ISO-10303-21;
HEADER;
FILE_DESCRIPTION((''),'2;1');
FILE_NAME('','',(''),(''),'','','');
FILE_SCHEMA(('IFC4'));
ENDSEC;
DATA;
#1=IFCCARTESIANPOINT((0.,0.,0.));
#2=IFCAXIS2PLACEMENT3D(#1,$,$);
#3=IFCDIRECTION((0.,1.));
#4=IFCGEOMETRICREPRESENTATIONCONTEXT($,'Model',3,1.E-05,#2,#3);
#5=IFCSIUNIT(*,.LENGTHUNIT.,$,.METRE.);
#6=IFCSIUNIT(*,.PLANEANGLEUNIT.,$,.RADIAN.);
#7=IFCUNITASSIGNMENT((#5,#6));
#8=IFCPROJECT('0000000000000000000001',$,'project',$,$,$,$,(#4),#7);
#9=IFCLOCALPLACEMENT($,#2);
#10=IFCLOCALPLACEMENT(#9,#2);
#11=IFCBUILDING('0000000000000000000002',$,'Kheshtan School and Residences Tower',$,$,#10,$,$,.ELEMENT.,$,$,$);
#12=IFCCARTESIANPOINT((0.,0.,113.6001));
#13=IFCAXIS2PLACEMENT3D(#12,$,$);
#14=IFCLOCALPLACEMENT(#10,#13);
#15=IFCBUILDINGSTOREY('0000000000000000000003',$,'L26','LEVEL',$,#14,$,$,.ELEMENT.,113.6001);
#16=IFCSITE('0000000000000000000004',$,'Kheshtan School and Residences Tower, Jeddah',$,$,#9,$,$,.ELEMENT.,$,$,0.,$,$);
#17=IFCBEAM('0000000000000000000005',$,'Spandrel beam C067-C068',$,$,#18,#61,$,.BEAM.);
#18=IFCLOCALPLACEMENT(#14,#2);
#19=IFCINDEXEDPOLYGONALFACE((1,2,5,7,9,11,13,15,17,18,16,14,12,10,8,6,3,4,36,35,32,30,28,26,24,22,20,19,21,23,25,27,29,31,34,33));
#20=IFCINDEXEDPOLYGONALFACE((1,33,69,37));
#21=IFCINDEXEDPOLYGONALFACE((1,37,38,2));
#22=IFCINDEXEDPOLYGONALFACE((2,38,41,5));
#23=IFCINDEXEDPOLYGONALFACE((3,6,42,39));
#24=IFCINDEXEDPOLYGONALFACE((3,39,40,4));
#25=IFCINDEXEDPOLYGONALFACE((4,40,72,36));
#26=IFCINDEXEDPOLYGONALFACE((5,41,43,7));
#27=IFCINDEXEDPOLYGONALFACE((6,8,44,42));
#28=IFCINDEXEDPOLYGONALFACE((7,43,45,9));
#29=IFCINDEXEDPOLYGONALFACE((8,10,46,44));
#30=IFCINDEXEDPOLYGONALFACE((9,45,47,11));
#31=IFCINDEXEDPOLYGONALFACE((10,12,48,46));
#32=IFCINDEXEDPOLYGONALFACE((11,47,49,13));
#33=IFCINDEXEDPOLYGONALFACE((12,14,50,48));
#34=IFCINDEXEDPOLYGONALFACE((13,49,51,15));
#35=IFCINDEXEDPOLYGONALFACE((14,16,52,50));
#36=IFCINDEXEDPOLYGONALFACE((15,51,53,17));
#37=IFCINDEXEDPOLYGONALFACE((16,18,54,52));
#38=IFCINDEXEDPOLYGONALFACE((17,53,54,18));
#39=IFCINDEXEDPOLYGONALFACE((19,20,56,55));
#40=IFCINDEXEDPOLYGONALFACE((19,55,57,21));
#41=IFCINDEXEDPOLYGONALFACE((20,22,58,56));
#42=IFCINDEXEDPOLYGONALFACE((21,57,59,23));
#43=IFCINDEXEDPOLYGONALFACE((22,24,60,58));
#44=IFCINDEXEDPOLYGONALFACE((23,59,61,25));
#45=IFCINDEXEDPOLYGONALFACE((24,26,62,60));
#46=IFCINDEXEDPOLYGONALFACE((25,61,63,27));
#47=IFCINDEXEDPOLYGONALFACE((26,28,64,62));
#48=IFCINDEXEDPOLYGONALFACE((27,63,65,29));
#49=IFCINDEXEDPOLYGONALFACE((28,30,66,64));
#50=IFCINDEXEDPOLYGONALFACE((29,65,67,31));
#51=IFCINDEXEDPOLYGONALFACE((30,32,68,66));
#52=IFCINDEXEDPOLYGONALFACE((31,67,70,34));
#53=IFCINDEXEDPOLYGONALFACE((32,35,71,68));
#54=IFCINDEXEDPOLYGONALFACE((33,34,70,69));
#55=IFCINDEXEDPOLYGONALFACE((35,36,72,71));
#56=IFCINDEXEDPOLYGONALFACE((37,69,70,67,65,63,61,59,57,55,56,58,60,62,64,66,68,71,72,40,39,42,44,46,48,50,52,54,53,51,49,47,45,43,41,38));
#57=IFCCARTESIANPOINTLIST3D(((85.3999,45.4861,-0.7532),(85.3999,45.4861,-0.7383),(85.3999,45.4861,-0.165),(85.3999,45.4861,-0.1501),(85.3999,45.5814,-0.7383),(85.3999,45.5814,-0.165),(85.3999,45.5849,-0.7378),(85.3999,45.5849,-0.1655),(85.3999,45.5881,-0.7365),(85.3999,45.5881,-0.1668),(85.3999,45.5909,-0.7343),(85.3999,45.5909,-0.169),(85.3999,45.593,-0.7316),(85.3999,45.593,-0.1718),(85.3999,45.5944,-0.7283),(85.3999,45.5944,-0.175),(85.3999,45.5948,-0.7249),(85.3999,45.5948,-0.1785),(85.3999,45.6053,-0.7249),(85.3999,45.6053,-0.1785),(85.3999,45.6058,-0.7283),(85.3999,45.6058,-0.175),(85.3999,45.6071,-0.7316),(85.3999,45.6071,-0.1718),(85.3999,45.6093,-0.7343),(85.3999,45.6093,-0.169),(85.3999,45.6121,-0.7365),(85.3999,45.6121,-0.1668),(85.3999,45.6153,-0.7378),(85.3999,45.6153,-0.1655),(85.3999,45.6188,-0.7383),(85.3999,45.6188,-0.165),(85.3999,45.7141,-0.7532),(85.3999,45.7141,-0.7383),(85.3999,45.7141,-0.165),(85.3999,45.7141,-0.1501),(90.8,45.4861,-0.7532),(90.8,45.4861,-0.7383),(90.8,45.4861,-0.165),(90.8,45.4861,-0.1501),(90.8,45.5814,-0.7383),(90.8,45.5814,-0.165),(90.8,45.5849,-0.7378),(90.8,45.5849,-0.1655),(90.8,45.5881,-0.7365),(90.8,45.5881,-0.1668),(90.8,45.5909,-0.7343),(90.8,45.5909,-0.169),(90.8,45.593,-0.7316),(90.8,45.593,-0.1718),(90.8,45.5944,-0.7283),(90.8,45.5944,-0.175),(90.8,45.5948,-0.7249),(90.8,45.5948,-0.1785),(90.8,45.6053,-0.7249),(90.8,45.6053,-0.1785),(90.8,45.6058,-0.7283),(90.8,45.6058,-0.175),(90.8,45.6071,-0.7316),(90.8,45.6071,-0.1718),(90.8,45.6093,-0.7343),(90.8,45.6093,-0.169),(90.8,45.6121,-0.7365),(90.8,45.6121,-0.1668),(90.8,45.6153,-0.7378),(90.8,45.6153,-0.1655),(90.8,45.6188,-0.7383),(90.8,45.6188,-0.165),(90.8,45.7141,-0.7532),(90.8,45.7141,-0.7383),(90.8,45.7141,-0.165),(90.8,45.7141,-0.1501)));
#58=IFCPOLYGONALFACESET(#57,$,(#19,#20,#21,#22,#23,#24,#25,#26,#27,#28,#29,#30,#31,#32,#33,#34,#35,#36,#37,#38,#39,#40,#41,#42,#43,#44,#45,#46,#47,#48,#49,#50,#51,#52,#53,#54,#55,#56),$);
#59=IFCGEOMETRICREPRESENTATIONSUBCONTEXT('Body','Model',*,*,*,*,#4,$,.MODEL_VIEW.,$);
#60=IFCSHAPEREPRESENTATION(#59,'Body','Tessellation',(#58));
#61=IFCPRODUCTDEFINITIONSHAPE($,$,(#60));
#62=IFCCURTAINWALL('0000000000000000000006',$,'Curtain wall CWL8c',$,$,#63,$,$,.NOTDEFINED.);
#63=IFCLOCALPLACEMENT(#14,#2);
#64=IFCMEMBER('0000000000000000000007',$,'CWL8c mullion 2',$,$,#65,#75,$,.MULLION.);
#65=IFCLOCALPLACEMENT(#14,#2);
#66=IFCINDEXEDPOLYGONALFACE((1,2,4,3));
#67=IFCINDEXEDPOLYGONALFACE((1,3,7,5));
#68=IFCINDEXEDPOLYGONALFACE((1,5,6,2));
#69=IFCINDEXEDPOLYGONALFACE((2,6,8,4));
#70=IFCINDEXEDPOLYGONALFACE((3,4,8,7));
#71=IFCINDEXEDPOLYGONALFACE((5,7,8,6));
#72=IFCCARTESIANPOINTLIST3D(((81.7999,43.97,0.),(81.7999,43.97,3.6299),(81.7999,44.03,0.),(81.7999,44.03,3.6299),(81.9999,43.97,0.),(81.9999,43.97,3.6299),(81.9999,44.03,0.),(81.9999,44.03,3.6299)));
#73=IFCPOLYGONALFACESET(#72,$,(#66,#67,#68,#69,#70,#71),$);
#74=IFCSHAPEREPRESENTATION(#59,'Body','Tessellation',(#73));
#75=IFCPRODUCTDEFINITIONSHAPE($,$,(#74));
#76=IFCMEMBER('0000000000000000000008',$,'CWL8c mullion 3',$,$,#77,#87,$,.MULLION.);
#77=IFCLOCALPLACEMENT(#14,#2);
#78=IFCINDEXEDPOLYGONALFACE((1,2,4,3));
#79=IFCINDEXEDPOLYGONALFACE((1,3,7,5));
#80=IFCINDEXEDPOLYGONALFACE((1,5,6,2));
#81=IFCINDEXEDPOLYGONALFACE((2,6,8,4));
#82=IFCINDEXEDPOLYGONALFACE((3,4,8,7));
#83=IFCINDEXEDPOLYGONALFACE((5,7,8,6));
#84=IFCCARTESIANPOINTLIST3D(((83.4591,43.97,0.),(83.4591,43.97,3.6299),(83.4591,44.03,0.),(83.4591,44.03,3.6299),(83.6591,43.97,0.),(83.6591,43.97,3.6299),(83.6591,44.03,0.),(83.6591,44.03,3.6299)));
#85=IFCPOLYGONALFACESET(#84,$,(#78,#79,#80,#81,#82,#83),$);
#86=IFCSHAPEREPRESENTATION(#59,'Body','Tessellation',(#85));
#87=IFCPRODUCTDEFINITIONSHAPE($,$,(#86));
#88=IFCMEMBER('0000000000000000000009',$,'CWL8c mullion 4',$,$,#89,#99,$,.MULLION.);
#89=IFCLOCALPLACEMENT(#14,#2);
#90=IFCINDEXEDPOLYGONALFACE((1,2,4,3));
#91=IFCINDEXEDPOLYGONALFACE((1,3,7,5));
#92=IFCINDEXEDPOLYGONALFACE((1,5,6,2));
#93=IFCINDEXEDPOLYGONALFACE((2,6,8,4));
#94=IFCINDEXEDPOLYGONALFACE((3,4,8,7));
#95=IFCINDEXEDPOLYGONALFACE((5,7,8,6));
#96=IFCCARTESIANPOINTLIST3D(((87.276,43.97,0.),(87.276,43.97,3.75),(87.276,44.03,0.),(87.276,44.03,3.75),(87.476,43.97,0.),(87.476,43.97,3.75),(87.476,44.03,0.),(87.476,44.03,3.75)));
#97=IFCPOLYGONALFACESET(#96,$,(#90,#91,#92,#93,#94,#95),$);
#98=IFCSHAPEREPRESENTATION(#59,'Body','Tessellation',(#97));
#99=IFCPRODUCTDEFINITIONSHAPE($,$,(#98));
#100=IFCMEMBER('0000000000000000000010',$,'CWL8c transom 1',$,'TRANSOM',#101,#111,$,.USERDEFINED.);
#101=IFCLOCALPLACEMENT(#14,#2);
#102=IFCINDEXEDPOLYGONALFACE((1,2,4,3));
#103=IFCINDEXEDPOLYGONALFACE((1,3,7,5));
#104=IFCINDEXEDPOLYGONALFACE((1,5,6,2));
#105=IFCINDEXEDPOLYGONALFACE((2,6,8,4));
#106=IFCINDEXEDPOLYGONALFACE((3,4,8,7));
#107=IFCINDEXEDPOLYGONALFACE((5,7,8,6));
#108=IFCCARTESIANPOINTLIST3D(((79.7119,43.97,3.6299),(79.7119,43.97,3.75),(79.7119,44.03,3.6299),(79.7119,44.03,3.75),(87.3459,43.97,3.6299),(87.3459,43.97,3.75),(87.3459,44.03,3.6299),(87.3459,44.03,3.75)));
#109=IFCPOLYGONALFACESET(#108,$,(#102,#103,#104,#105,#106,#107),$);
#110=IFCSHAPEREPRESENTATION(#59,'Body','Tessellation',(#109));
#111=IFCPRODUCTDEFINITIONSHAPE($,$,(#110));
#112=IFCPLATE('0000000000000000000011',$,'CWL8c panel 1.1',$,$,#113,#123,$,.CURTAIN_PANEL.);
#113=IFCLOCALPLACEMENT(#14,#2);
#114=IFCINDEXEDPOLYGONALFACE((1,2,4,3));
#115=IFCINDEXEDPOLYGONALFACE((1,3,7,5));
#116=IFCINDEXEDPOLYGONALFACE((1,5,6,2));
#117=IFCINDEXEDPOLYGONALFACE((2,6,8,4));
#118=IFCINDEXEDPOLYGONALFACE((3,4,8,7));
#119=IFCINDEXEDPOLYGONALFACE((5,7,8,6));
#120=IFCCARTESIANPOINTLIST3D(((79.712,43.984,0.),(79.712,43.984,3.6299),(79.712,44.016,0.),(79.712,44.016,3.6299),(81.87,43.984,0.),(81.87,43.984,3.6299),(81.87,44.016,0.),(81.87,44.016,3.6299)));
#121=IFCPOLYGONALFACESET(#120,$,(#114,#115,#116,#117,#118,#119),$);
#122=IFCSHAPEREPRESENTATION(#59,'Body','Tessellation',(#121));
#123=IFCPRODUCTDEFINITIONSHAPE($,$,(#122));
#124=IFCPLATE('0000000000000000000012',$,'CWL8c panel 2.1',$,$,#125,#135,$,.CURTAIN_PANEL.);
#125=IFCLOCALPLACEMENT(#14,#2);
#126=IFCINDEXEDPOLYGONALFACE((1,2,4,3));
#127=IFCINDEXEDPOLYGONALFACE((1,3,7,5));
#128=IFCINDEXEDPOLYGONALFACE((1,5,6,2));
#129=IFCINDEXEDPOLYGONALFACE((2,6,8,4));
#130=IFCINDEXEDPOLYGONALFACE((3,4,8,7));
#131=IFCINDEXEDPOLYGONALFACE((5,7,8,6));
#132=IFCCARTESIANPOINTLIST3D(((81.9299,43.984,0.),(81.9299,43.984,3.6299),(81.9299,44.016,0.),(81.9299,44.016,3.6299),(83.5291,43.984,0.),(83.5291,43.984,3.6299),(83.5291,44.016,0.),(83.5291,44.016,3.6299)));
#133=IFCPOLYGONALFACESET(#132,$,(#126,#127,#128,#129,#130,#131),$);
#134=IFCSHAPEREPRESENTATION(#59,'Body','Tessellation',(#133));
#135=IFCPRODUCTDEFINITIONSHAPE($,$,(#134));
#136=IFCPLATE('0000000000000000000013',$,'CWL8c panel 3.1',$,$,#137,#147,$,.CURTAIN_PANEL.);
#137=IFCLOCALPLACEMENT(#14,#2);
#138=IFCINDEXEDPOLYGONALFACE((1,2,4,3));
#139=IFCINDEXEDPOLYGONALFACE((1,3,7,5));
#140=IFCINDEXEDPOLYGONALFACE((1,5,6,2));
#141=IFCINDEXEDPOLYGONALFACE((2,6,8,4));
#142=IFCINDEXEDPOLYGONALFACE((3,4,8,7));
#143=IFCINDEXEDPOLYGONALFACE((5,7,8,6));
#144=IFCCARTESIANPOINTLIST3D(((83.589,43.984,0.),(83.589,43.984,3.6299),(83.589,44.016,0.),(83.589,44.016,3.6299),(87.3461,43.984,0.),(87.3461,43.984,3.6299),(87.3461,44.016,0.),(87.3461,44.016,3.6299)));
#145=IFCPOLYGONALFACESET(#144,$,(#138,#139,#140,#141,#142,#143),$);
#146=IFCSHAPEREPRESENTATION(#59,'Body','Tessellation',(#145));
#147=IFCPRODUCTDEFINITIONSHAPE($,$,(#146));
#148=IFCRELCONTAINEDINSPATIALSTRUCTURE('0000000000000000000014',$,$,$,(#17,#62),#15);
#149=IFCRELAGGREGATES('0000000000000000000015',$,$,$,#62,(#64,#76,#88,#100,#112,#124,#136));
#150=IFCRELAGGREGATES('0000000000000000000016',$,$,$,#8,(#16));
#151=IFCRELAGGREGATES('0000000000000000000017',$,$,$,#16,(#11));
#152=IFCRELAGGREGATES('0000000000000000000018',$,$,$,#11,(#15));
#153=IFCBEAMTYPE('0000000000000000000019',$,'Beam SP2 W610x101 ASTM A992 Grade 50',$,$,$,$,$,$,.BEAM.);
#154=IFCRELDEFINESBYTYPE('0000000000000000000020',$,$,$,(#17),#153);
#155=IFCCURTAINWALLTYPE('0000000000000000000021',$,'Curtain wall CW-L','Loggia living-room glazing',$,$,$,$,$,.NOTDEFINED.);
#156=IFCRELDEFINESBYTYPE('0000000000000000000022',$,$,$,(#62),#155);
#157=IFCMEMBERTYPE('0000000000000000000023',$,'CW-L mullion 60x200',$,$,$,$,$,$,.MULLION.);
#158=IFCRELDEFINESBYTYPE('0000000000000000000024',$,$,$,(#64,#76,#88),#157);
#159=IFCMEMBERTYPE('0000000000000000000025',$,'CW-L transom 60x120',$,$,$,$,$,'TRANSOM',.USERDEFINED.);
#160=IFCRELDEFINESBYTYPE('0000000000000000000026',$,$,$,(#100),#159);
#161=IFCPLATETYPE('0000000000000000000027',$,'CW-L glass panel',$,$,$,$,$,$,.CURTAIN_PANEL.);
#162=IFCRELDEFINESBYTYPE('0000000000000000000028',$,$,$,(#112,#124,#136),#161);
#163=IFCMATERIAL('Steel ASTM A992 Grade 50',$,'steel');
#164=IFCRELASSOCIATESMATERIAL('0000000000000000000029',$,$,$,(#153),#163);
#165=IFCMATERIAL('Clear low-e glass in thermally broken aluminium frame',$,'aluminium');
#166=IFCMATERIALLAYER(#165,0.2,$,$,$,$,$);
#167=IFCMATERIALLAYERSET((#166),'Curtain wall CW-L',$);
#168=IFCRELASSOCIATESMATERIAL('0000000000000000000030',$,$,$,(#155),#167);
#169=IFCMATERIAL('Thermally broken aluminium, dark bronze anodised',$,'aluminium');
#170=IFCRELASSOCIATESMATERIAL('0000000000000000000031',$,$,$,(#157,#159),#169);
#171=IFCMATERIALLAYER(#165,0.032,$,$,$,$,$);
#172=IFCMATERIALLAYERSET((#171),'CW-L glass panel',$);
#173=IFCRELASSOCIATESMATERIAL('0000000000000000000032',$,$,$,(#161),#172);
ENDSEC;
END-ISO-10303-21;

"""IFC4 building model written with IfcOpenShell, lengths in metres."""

from ifc_helpers import new_model, si_unit, direction, frame, origin, origin_2d, place, context, subcontext, project, spatial, rectangle, i_section, extrude, material, layer, layer_set, material_profile, profile_set, type_object, element, aggregate, save


model = new_model("IFC4")

# Units and contexts
model_context = context("Model", 3, precision=1e-05, world=origin(), true_north=direction((0.0, 1.0)))
body_context = subcontext(model_context, "Body", "Model", "MODEL_VIEW")
ifc_project = project(units=[si_unit("LENGTHUNIT", "METRE"), si_unit("PLANEANGLEUNIT", "RADIAN")], contexts=[model_context])

# Site, building, storey
site_placement = place(None, origin())
site = spatial("IfcSite", under=ifc_project, at=site_placement, Name="Kheshtan School and Residences Tower, Jeddah", CompositionType="ELEMENT", RefElevation=0.0)
building_placement = place(site_placement, origin())
building = spatial("IfcBuilding", under=site, at=building_placement, Name="Kheshtan School and Residences Tower", CompositionType="ELEMENT")
storey_placement = place(building_placement, frame((0.0, 0.0, 113.6001)))
storey = spatial("IfcBuildingStorey", under=building, at=storey_placement, Name="L26", Description="LEVEL", CompositionType="ELEMENT", Elevation=113.6001)

# Shared definitions
ifc_material_1 = material(Name="Steel ASTM A992 Grade 50", Category="steel")

# Beam
ifc_material_profile_1 = material_profile(ifc_material_1, i_section(OverallWidth=0.228, OverallDepth=0.603, WebThickness=0.0105, FlangeThickness=0.0149, FilletRadius=0.0134, at=origin_2d()), Name="W610x101")
ifc_profile_set_1 = profile_set([ifc_material_profile_1], Name="Steel ASTM A992 Grade 50")
beam_type_1 = type_object("IfcBeamType", Name="Beam SP2 W610x101 ASTM A992 Grade 50", PredefinedType="BEAM", material=ifc_profile_set_1)
beam_1_placement = place(storey_placement, frame((85.3999, 45.6001, -0.4517), z_axis=(1.0, 0.0, 0.0), x_axis=(0.0, 1.0, 0.0)))
element("IfcBeam", 1, at=beam_1_placement, inside=storey, type_object=beam_type_1, Name="Spandrel beam C067-C068", PredefinedType="BEAM", context=body_context, shape_type="SweptSolid", body=[
    extrude(i_section(OverallWidth=0.228, OverallDepth=0.603, WebThickness=0.0105, FlangeThickness=0.0149, FilletRadius=0.0134, at=origin_2d()), origin(), (0.0, 0.0, 1.0), 5.4001),
])

# Curtain wall, members, plates
ifc_material_2 = material(Name="Clear low-e glass in thermally broken aluminium frame", Category="aluminium")
ifc_layer_1 = layer(ifc_material_2, 0.2)
ifc_layer_set_1 = layer_set([ifc_layer_1], Name="Curtain wall CW-L")
curtain_wall_type = type_object("IfcCurtainWallType", Name="Curtain wall CW-L", Description="Loggia living-room glazing", PredefinedType="NOTDEFINED", material=ifc_layer_set_1)
curtain_wall_placement = place(storey_placement, origin())
curtain_wall = element("IfcCurtainWall", 2, at=curtain_wall_placement, inside=storey, type_object=curtain_wall_type, Name="Curtain wall CWL8c", PredefinedType="NOTDEFINED")
ifc_material_3 = material(Name="Thermally broken aluminium, dark bronze anodised", Category="aluminium")
ifc_material_profile_2 = material_profile(ifc_material_3, rectangle(XDim=0.0601, YDim=0.2, at=origin_2d()), Name="CW-L mullion 60x200")
ifc_profile_set_2 = profile_set([ifc_material_profile_2], Name="Thermally broken aluminium, dark bronze anodised")
member_type_1 = type_object("IfcMemberType", Name="CW-L mullion 60x200", PredefinedType="MULLION", material=ifc_profile_set_2)
member_1_placement = place(storey_placement, frame((81.8999, 44.0, 0.0), z_axis=(0.0, 0.0, 1.0), x_axis=(0.0, 1.0, 0.0)))
member_1 = element("IfcMember", 3, at=member_1_placement, type_object=member_type_1, Name="CWL8c mullion 2", PredefinedType="MULLION", context=body_context, shape_type="SweptSolid", body=[
    extrude(rectangle(XDim=0.0601, YDim=0.2, at=origin_2d()), origin(), (0.0, 0.0, 1.0), 3.6299),
])
member_2_placement = place(storey_placement, frame((83.5591, 44.0, 0.0), z_axis=(0.0, 0.0, 1.0), x_axis=(0.0, 1.0, 0.0)))
member_2 = element("IfcMember", 4, at=member_2_placement, type_object=member_type_1, Name="CWL8c mullion 3", PredefinedType="MULLION", context=body_context, shape_type="SweptSolid", body=[
    extrude(rectangle(XDim=0.0601, YDim=0.2, at=origin_2d()), origin(), (0.0, 0.0, 1.0), 3.6299),
])
member_3_placement = place(storey_placement, frame((87.376, 44.0, 0.0), z_axis=(0.0, 0.0, 1.0), x_axis=(0.0, 1.0, 0.0)))
member_3 = element("IfcMember", 5, at=member_3_placement, type_object=member_type_1, Name="CWL8c mullion 4", PredefinedType="MULLION", context=body_context, shape_type="SweptSolid", body=[
    extrude(rectangle(XDim=0.0601, YDim=0.2, at=origin_2d()), origin(), (0.0, 0.0, 1.0), 3.75),
])
ifc_material_profile_3 = material_profile(ifc_material_3, rectangle(XDim=0.0601, YDim=0.1201, at=origin_2d()), Name="CW-L transom 60x120")
ifc_profile_set_3 = profile_set([ifc_material_profile_3], Name="Thermally broken aluminium, dark bronze anodised")
member_type_2 = type_object("IfcMemberType", Name="CW-L transom 60x120", ElementType="TRANSOM", PredefinedType="USERDEFINED", material=ifc_profile_set_3)
member_4_placement = place(storey_placement, frame((79.7119, 44.0, 3.6899), z_axis=(1.0, 0.0, 0.0), x_axis=(0.0, 1.0, 0.0)))
member_4 = element("IfcMember", 6, at=member_4_placement, type_object=member_type_2, Name="CWL8c transom 1", ObjectType="TRANSOM", PredefinedType="USERDEFINED", context=body_context, shape_type="SweptSolid", body=[
    extrude(rectangle(XDim=0.0601, YDim=0.1201, at=origin_2d()), origin(), (0.0, 0.0, 1.0), 7.634),
])
ifc_layer_2 = layer(ifc_material_2, 0.032)
ifc_layer_set_2 = layer_set([ifc_layer_2], Name="CW-L glass panel")
plate_type = type_object("IfcPlateType", Name="CW-L glass panel", PredefinedType="CURTAIN_PANEL", material=ifc_layer_set_2)
plate_1_placement = place(storey_placement, frame((80.791, 44.0, 0.0), z_axis=(0.0, 0.0, 1.0), x_axis=(1.0, 0.0, 0.0)))
plate_1 = element("IfcPlate", 7, at=plate_1_placement, type_object=plate_type, Name="CWL8c panel 1.1", PredefinedType="CURTAIN_PANEL", context=body_context, shape_type="SweptSolid", body=[
    extrude(rectangle(XDim=2.158, YDim=0.032, at=origin_2d()), origin(), (0.0, 0.0, 1.0), 3.6299),
])
plate_2_placement = place(storey_placement, frame((82.7295, 44.0, 0.0), z_axis=(0.0, 0.0, 1.0), x_axis=(1.0, 0.0, 0.0)))
plate_2 = element("IfcPlate", 8, at=plate_2_placement, type_object=plate_type, Name="CWL8c panel 2.1", PredefinedType="CURTAIN_PANEL", context=body_context, shape_type="SweptSolid", body=[
    extrude(rectangle(XDim=1.5991, YDim=0.032, at=origin_2d()), origin(), (0.0, 0.0, 1.0), 3.6299),
])
plate_3_placement = place(storey_placement, frame((85.4675, 44.0, 0.0), z_axis=(0.0, 0.0, 1.0), x_axis=(1.0, 0.0, 0.0)))
plate_3 = element("IfcPlate", 9, at=plate_3_placement, type_object=plate_type, Name="CWL8c panel 3.1", PredefinedType="CURTAIN_PANEL", context=body_context, shape_type="SweptSolid", body=[
    extrude(rectangle(XDim=3.7571, YDim=0.032, at=origin_2d()), origin(), (0.0, 0.0, 1.0), 3.6299),
])
aggregate(curtain_wall, [member_1, member_2, member_3, member_4, plate_1, plate_2, plate_3])

save(model, "model.ifc")
